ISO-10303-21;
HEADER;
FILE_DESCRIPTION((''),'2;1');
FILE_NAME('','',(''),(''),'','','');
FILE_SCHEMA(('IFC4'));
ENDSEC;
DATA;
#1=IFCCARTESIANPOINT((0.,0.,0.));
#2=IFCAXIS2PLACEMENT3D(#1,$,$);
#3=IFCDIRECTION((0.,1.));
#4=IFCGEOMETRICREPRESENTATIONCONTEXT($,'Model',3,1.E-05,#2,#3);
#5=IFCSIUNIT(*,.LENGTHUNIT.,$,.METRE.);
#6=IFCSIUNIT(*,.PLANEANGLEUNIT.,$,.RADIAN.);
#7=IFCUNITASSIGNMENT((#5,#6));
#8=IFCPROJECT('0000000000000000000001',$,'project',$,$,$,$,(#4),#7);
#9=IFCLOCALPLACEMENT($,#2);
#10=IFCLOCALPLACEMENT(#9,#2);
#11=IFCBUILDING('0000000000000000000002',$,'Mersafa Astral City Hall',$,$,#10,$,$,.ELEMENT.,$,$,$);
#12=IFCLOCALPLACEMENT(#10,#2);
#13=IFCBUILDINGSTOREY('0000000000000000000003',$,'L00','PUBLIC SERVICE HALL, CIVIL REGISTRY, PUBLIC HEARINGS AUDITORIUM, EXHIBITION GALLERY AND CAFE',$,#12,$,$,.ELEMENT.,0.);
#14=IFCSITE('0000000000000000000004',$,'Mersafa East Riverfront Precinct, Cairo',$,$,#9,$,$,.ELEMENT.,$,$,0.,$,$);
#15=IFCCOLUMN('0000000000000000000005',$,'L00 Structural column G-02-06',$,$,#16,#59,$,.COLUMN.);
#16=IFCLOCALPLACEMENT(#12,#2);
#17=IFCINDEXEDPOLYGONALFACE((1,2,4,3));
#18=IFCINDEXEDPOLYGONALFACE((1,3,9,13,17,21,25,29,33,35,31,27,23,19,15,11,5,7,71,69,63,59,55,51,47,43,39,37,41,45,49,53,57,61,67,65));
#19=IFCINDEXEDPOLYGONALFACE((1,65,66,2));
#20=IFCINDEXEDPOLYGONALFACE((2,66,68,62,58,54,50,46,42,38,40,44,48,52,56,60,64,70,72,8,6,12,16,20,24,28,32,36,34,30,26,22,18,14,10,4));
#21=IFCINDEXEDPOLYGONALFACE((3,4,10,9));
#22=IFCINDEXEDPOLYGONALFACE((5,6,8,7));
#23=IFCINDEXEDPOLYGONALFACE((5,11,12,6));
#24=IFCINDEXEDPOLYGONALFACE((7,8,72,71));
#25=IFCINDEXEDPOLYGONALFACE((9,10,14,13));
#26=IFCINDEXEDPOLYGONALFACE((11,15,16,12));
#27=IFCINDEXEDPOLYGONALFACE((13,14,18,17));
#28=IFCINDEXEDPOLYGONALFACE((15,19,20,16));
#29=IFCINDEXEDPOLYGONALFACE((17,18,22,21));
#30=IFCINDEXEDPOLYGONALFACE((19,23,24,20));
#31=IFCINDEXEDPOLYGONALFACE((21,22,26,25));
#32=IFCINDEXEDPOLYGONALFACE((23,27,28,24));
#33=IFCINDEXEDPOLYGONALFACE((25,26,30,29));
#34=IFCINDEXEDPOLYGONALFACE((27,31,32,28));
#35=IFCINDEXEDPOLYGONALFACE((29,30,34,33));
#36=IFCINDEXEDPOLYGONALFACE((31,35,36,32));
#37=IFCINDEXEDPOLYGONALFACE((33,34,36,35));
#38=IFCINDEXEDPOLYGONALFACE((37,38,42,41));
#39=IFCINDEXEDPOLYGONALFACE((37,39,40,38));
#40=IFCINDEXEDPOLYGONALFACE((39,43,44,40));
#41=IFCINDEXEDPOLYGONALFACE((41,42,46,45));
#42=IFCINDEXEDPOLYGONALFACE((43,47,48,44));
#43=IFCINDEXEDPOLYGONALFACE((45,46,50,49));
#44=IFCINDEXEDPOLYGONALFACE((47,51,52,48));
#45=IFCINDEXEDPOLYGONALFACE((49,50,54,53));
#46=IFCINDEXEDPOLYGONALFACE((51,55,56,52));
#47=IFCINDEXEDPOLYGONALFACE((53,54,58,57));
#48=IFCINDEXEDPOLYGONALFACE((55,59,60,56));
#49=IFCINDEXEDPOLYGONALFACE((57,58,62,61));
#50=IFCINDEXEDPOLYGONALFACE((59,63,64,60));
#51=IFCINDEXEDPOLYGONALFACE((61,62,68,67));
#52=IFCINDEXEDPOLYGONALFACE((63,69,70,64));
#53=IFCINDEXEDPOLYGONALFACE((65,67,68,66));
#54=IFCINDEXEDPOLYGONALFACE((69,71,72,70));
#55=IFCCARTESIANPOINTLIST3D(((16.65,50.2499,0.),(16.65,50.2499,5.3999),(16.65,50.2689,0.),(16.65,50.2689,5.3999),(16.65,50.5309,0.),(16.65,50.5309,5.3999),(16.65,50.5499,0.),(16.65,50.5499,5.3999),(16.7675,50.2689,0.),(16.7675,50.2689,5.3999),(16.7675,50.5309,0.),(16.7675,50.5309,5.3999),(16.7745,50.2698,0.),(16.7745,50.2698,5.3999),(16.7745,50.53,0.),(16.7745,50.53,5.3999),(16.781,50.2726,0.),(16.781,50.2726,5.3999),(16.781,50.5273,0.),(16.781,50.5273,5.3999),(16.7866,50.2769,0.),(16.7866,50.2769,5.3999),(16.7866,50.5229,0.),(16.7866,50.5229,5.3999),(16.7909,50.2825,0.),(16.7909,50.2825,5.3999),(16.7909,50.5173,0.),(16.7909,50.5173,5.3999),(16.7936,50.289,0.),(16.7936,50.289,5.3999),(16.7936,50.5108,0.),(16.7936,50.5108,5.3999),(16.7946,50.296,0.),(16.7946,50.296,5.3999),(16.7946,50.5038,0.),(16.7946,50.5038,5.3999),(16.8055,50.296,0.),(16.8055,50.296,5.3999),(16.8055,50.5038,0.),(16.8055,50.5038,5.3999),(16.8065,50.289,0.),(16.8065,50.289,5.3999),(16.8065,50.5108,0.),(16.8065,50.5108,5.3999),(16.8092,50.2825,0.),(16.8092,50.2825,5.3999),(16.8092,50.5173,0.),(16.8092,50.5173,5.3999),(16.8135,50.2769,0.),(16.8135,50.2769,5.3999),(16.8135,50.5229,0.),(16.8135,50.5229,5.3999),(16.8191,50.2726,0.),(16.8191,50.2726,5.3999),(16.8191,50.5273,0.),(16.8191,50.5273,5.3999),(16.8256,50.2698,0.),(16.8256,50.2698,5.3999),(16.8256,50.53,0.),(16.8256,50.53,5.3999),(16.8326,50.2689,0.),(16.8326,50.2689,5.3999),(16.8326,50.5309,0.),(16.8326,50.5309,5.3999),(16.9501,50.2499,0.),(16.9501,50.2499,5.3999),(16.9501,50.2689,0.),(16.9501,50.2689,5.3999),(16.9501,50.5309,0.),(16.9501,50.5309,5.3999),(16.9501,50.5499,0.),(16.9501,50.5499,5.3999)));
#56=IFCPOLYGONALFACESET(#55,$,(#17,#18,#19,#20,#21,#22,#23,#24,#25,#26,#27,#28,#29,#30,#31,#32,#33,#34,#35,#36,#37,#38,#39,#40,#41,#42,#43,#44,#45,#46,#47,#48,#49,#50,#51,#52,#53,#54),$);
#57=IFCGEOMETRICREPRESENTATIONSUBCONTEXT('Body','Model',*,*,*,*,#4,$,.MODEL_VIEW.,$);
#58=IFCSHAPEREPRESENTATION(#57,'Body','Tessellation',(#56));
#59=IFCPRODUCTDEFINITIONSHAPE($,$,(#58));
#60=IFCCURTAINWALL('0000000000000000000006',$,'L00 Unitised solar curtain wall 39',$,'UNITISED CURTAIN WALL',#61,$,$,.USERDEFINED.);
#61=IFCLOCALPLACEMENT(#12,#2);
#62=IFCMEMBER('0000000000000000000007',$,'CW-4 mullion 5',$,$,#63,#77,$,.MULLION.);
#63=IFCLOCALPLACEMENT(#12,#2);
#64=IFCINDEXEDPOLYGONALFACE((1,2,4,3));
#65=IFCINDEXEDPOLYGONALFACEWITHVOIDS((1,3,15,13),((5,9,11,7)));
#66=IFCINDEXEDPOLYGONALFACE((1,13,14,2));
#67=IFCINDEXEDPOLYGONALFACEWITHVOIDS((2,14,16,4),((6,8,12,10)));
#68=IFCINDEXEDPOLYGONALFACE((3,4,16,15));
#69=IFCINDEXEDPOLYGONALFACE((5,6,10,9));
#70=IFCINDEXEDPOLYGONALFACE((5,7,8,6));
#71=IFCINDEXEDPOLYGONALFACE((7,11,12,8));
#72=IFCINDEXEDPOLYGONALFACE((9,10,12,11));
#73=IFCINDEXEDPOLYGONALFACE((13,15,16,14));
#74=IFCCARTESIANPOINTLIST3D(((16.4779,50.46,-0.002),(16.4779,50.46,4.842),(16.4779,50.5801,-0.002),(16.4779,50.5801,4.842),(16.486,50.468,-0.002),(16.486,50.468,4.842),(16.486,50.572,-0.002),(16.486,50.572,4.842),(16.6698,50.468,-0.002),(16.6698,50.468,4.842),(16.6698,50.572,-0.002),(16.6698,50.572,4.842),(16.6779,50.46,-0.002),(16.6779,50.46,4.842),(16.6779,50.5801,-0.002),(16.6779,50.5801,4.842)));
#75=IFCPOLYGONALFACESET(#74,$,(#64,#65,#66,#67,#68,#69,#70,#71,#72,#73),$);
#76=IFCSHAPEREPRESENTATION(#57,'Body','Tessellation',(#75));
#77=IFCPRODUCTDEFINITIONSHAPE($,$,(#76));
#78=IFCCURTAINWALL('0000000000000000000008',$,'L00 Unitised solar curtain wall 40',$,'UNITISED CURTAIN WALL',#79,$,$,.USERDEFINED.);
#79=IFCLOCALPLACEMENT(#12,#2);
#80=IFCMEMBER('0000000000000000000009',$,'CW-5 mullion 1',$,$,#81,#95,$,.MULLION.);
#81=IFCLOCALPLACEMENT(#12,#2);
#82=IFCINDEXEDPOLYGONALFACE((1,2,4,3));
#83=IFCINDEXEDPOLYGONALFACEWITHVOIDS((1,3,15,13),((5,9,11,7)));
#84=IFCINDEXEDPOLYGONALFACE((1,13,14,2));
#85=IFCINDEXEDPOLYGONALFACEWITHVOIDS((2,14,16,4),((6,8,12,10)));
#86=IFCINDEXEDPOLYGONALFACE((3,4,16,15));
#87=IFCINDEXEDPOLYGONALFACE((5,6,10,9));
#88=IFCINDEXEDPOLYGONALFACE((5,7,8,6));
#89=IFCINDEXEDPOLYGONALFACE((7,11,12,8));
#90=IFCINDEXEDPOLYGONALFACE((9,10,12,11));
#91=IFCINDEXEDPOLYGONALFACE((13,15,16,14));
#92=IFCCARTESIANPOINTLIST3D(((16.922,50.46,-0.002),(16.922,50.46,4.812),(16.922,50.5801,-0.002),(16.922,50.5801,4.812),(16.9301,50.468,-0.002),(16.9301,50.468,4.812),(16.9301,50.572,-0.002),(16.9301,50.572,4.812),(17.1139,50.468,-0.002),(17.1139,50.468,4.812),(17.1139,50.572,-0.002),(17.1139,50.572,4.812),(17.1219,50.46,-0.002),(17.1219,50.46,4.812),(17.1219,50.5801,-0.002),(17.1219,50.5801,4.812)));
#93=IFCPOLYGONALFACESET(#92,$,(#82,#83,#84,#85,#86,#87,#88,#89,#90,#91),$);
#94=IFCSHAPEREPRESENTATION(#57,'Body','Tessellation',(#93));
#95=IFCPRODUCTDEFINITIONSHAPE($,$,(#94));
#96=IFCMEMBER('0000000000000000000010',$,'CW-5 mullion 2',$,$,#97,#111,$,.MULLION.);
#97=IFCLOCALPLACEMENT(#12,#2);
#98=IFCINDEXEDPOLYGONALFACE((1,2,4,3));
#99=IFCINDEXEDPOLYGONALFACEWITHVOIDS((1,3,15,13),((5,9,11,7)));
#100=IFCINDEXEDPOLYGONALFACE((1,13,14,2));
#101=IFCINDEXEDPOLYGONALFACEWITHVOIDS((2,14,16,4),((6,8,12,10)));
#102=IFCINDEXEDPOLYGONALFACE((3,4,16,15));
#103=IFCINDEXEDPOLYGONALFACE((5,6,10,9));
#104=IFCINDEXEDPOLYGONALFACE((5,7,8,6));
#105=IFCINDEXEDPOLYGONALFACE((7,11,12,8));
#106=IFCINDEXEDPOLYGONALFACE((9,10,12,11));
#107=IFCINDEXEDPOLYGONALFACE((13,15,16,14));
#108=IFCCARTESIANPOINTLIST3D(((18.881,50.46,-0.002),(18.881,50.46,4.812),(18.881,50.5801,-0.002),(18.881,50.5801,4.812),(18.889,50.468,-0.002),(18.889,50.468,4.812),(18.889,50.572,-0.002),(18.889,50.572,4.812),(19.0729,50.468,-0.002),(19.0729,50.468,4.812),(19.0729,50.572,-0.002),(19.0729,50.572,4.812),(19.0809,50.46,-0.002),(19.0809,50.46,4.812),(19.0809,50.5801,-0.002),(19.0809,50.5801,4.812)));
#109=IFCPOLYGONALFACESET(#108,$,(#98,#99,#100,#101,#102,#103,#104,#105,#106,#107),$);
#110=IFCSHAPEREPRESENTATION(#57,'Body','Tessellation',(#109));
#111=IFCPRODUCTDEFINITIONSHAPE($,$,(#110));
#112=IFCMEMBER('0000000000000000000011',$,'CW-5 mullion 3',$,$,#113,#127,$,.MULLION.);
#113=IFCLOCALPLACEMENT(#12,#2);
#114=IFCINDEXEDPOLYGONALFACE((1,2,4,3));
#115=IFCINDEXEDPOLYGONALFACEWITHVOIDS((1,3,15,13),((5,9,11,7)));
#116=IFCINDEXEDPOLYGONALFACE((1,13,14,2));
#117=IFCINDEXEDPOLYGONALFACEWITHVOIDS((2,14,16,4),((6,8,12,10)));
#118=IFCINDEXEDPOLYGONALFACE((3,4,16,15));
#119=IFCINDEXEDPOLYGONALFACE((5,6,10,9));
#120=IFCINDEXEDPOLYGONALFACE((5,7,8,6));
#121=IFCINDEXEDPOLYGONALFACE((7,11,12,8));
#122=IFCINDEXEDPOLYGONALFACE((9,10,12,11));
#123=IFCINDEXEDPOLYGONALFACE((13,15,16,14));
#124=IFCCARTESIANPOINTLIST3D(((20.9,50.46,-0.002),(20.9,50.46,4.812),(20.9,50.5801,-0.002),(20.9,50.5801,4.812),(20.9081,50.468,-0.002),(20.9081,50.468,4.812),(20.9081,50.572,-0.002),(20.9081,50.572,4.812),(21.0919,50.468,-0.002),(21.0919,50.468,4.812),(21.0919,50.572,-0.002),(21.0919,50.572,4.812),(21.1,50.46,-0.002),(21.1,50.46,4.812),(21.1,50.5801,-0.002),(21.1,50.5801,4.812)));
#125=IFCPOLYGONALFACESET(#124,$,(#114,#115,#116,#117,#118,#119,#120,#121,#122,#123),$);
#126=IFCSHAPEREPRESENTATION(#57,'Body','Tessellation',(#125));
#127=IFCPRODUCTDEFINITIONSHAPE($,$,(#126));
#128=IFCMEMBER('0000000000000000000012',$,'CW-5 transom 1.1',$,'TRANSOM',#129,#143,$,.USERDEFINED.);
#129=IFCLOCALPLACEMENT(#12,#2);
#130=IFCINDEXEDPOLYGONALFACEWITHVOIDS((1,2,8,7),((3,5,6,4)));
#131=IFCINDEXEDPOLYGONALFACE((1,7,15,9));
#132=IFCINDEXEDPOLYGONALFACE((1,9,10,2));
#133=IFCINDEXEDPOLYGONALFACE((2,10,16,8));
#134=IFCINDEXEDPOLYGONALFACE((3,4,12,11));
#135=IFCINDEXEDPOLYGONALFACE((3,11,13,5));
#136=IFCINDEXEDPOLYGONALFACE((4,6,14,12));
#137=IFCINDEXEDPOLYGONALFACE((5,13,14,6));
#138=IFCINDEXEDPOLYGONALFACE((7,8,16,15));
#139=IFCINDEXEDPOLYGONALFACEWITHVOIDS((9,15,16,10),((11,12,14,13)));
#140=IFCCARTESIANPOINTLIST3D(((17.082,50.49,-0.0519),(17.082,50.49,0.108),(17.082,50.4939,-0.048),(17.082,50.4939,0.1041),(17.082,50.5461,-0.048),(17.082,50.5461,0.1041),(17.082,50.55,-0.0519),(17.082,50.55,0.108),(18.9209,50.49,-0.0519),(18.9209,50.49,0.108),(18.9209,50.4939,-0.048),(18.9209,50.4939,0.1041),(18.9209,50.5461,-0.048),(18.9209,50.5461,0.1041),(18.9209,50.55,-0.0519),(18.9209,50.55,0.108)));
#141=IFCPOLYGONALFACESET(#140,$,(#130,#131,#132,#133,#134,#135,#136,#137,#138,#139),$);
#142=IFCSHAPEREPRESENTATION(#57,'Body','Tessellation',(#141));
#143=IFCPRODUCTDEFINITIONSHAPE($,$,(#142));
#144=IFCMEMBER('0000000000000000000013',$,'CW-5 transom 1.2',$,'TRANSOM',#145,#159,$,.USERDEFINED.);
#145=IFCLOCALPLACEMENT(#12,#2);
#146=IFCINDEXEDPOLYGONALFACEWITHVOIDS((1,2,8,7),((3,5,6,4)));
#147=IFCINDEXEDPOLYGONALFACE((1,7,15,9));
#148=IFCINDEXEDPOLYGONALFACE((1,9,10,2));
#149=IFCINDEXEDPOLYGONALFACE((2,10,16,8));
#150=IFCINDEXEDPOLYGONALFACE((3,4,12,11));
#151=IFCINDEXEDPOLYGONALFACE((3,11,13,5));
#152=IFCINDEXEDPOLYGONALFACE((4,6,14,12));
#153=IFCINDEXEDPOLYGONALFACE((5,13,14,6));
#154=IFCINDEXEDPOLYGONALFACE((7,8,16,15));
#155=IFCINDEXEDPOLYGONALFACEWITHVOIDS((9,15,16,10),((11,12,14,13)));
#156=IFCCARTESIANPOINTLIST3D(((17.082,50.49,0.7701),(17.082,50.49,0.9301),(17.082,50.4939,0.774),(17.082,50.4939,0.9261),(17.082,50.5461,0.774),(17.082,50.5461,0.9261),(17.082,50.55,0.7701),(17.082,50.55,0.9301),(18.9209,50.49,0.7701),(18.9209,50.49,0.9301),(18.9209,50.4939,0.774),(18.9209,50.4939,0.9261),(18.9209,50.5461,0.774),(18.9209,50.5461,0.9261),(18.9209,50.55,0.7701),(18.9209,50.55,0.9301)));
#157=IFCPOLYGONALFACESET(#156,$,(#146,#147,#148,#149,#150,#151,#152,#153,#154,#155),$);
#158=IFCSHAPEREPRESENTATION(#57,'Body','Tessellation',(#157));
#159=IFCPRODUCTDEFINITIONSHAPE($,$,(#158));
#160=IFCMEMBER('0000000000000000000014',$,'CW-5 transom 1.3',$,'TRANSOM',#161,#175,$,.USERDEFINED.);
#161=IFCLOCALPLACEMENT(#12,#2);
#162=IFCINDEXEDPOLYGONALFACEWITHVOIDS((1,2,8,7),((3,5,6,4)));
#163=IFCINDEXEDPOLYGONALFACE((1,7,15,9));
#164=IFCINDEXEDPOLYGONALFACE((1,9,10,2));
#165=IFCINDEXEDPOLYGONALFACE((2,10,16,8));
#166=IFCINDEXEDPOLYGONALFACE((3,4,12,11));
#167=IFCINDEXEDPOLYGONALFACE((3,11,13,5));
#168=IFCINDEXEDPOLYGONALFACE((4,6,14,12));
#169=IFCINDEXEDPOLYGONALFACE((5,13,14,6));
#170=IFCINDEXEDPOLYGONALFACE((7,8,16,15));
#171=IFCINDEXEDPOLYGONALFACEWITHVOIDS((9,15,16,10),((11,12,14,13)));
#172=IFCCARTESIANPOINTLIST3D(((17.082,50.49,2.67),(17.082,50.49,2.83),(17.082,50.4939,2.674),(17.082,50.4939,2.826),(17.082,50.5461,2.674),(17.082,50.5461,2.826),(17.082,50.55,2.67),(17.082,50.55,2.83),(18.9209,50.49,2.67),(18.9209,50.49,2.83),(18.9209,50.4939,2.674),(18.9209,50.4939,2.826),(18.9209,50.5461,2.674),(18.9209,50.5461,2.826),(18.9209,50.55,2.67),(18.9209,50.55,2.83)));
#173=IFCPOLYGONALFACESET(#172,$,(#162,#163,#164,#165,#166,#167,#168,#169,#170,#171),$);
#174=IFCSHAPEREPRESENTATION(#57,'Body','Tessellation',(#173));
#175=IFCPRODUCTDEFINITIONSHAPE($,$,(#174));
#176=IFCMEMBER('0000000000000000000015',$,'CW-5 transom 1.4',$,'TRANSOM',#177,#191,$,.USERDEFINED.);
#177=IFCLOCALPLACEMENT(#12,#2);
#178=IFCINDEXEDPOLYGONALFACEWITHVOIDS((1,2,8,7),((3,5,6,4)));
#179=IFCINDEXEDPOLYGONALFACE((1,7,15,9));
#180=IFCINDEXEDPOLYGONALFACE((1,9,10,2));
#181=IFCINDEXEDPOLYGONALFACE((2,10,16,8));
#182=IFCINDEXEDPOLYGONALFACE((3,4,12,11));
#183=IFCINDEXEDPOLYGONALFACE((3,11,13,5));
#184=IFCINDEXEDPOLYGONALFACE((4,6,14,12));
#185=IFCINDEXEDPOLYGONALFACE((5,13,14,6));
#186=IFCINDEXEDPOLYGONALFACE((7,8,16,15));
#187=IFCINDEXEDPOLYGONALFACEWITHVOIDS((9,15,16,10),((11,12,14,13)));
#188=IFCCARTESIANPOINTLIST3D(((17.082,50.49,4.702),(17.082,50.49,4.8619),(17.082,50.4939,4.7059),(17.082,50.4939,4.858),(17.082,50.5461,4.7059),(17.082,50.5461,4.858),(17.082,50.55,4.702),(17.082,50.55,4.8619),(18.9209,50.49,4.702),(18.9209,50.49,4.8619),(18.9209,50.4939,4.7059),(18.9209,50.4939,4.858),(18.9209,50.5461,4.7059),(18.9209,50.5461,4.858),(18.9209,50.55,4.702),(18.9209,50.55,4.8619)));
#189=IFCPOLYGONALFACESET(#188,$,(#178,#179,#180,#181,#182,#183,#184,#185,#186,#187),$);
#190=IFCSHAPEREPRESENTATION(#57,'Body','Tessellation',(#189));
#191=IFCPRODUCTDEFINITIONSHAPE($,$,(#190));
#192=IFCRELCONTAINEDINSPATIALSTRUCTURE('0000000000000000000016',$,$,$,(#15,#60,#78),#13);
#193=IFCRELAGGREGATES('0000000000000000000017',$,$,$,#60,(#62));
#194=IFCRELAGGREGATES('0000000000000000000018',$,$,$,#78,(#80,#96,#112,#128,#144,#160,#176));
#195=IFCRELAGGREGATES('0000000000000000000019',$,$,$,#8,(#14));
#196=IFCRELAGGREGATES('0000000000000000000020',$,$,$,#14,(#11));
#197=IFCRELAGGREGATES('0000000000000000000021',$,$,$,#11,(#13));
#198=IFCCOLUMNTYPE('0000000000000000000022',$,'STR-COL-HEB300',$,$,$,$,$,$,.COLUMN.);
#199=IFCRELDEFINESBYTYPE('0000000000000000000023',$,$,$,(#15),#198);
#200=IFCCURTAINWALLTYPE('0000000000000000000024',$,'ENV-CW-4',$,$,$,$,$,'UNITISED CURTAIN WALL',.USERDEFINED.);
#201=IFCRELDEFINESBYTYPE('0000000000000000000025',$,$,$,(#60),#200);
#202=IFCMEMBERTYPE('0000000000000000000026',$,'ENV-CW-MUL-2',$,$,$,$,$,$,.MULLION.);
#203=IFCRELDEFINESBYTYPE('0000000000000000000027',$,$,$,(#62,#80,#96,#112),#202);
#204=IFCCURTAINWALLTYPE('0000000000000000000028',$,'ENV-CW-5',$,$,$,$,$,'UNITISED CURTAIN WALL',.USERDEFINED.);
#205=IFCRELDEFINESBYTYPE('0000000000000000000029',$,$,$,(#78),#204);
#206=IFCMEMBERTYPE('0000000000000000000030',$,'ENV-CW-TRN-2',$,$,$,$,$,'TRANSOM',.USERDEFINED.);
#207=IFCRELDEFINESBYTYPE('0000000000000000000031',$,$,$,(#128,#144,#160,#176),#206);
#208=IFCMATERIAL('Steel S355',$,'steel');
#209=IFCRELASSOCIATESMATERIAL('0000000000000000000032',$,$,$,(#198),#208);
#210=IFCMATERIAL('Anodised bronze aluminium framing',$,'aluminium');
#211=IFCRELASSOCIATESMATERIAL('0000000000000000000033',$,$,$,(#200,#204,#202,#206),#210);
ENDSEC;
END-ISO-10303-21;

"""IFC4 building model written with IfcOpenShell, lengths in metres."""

from ifc_helpers import new_model, si_unit, direction, frame, origin, origin_2d, place, context, subcontext, project, spatial, hollow_rectangle, i_section, extrude, material, material_profile, profile_set, type_object, element, aggregate, save


model = new_model("IFC4")

# Units and contexts
model_context = context("Model", 3, precision=1e-05, world=origin(), true_north=direction((0.0, 1.0)))
body_context = subcontext(model_context, "Body", "Model", "MODEL_VIEW")
ifc_project = project(units=[si_unit("LENGTHUNIT", "METRE"), si_unit("PLANEANGLEUNIT", "RADIAN")], contexts=[model_context])

# Site, building, storey
site_placement = place(None, origin())
site = spatial("IfcSite", under=ifc_project, at=site_placement, Name="Mersafa East Riverfront Precinct, Cairo", CompositionType="ELEMENT", RefElevation=0.0)
building_placement = place(site_placement, origin())
building = spatial("IfcBuilding", under=site, at=building_placement, Name="Mersafa Astral City Hall", CompositionType="ELEMENT")
storey_placement = place(building_placement, origin())
storey = spatial("IfcBuildingStorey", under=building, at=storey_placement, Name="L00", Description="PUBLIC SERVICE HALL, CIVIL REGISTRY, PUBLIC HEARINGS AUDITORIUM, EXHIBITION GALLERY AND CAFE", CompositionType="ELEMENT", Elevation=0.0)

# Column
ifc_material_1 = material(Name="Steel S355", Category="steel")
ifc_material_profile_1 = material_profile(ifc_material_1, i_section(OverallWidth=0.3, OverallDepth=0.3, WebThickness=0.011, FlangeThickness=0.019, FilletRadius=0.0271, at=origin_2d()), Name="HEB 300")
ifc_profile_set_1 = profile_set([ifc_material_profile_1], Name="Steel S355")
column_type = type_object("IfcColumnType", Name="STR-COL-HEB300", PredefinedType="COLUMN", material=ifc_profile_set_1)
column_placement = place(storey_placement, frame((16.8, 50.3999, 0.0), z_axis=(0.0, 0.0, 1.0), x_axis=(1.0, 0.0, 0.0)))
element("IfcColumn", 1, at=column_placement, inside=storey, type_object=column_type, Name="L00 Structural column G-02-06", PredefinedType="COLUMN", context=body_context, shape_type="SweptSolid", body=[
    extrude(i_section(OverallWidth=0.3, OverallDepth=0.3, WebThickness=0.011, FlangeThickness=0.019, FilletRadius=0.0271, at=origin_2d()), origin(), (0.0, 0.0, 1.0), 5.3999),
])

# Curtain wall, member
ifc_material_2 = material(Name="Anodised bronze aluminium framing", Category="aluminium")
curtain_wall_type_1 = type_object("IfcCurtainWallType", Name="ENV-CW-4", ElementType="UNITISED CURTAIN WALL", PredefinedType="USERDEFINED", material=ifc_material_2)
curtain_wall_1_placement = place(storey_placement, origin())
curtain_wall_1 = element("IfcCurtainWall", 2, at=curtain_wall_1_placement, inside=storey, type_object=curtain_wall_type_1, Name="L00 Unitised solar curtain wall 39", ObjectType="UNITISED CURTAIN WALL", PredefinedType="USERDEFINED")
ifc_material_profile_2 = material_profile(ifc_material_2, hollow_rectangle(XDim=0.1201, YDim=0.2, WallThickness=0.0081, at=origin_2d()), Name="RHS 120x200x8")
ifc_profile_set_2 = profile_set([ifc_material_profile_2], Name="Anodised bronze aluminium framing")
member_type_1 = type_object("IfcMemberType", Name="ENV-CW-MUL-2", PredefinedType="MULLION", material=ifc_profile_set_2)
member_1_placement = place(storey_placement, frame((16.5779, 50.52, -0.002), z_axis=(0.0, 0.0, 1.0), x_axis=(0.0, 1.0, 0.0)))
member_1 = element("IfcMember", 3, at=member_1_placement, type_object=member_type_1, Name="CW-4 mullion 5", PredefinedType="MULLION", context=body_context, shape_type="SweptSolid", body=[
    extrude(hollow_rectangle(XDim=0.1201, YDim=0.2, WallThickness=0.0081, at=origin_2d()), origin(), (0.0, 0.0, 1.0), 4.844),
])
aggregate(curtain_wall_1, [member_1])

# Curtain wall, members
curtain_wall_type_2 = type_object("IfcCurtainWallType", Name="ENV-CW-5", ElementType="UNITISED CURTAIN WALL", PredefinedType="USERDEFINED", material=ifc_material_2)
curtain_wall_2_placement = place(storey_placement, origin())
curtain_wall_2 = element("IfcCurtainWall", 4, at=curtain_wall_2_placement, inside=storey, type_object=curtain_wall_type_2, Name="L00 Unitised solar curtain wall 40", ObjectType="UNITISED CURTAIN WALL", PredefinedType="USERDEFINED")
member_2_placement = place(storey_placement, frame((17.022, 50.52, -0.002), z_axis=(0.0, 0.0, 1.0), x_axis=(0.0, 1.0, 0.0)))
member_2 = element("IfcMember", 5, at=member_2_placement, type_object=member_type_1, Name="CW-5 mullion 1", PredefinedType="MULLION", context=body_context, shape_type="SweptSolid", body=[
    extrude(hollow_rectangle(XDim=0.1201, YDim=0.2, WallThickness=0.0081, at=origin_2d()), origin(), (0.0, 0.0, 1.0), 4.814),
])
member_3_placement = place(storey_placement, frame((18.981, 50.52, -0.002), z_axis=(0.0, 0.0, 1.0), x_axis=(0.0, 1.0, 0.0)))
member_3 = element("IfcMember", 6, at=member_3_placement, type_object=member_type_1, Name="CW-5 mullion 2", PredefinedType="MULLION", context=body_context, shape_type="SweptSolid", body=[
    extrude(hollow_rectangle(XDim=0.1201, YDim=0.2, WallThickness=0.0081, at=origin_2d()), origin(), (0.0, 0.0, 1.0), 4.814),
])
member_4_placement = place(storey_placement, frame((21.0, 50.52, -0.002), z_axis=(0.0, 0.0, 1.0), x_axis=(0.0, 1.0, 0.0)))
member_4 = element("IfcMember", 7, at=member_4_placement, type_object=member_type_1, Name="CW-5 mullion 3", PredefinedType="MULLION", context=body_context, shape_type="SweptSolid", body=[
    extrude(hollow_rectangle(XDim=0.1201, YDim=0.2, WallThickness=0.0081, at=origin_2d()), origin(), (0.0, 0.0, 1.0), 4.814),
])
ifc_material_profile_3 = material_profile(ifc_material_2, hollow_rectangle(XDim=0.0601, YDim=0.1599, WallThickness=0.0039, at=origin_2d()), Name="RHS 60x160x4")
ifc_profile_set_3 = profile_set([ifc_material_profile_3], Name="Anodised bronze aluminium framing")
member_type_2 = type_object("IfcMemberType", Name="ENV-CW-TRN-2", ElementType="TRANSOM", PredefinedType="USERDEFINED", material=ifc_profile_set_3)
member_5_placement = place(storey_placement, frame((17.082, 50.52, 0.0281), z_axis=(1.0, 0.0, 0.0), x_axis=(0.0, 1.0, 0.0)))
member_5 = element("IfcMember", 8, at=member_5_placement, type_object=member_type_2, Name="CW-5 transom 1.1", ObjectType="TRANSOM", PredefinedType="USERDEFINED", context=body_context, shape_type="SweptSolid", body=[
    extrude(hollow_rectangle(XDim=0.0601, YDim=0.1599, WallThickness=0.0039, at=origin_2d()), origin(), (0.0, 0.0, 1.0), 1.8389),
])
member_6_placement = place(storey_placement, frame((17.082, 50.52, 0.8501), z_axis=(1.0, 0.0, 0.0), x_axis=(0.0, 1.0, 0.0)))
member_6 = element("IfcMember", 9, at=member_6_placement, type_object=member_type_2, Name="CW-5 transom 1.2", ObjectType="TRANSOM", PredefinedType="USERDEFINED", context=body_context, shape_type="SweptSolid", body=[
    extrude(hollow_rectangle(XDim=0.0601, YDim=0.1599, WallThickness=0.0039, at=origin_2d()), origin(), (0.0, 0.0, 1.0), 1.8389),
])
member_7_placement = place(storey_placement, frame((17.082, 50.52, 2.75), z_axis=(1.0, 0.0, 0.0), x_axis=(0.0, 1.0, 0.0)))
member_7 = element("IfcMember", 10, at=member_7_placement, type_object=member_type_2, Name="CW-5 transom 1.3", ObjectType="TRANSOM", PredefinedType="USERDEFINED", context=body_context, shape_type="SweptSolid", body=[
    extrude(hollow_rectangle(XDim=0.0601, YDim=0.1599, WallThickness=0.0039, at=origin_2d()), origin(), (0.0, 0.0, 1.0), 1.8389),
])
member_8_placement = place(storey_placement, frame((17.082, 50.52, 4.782), z_axis=(1.0, 0.0, 0.0), x_axis=(0.0, 1.0, 0.0)))
member_8 = element("IfcMember", 11, at=member_8_placement, type_object=member_type_2, Name="CW-5 transom 1.4", ObjectType="TRANSOM", PredefinedType="USERDEFINED", context=body_context, shape_type="SweptSolid", body=[
    extrude(hollow_rectangle(XDim=0.0601, YDim=0.1599, WallThickness=0.0039, at=origin_2d()), origin(), (0.0, 0.0, 1.0), 1.8389),
])

aggregate(curtain_wall_2, [member_2, member_3, member_4, member_5, member_6, member_7, member_8])

save(model, "model.ifc")
